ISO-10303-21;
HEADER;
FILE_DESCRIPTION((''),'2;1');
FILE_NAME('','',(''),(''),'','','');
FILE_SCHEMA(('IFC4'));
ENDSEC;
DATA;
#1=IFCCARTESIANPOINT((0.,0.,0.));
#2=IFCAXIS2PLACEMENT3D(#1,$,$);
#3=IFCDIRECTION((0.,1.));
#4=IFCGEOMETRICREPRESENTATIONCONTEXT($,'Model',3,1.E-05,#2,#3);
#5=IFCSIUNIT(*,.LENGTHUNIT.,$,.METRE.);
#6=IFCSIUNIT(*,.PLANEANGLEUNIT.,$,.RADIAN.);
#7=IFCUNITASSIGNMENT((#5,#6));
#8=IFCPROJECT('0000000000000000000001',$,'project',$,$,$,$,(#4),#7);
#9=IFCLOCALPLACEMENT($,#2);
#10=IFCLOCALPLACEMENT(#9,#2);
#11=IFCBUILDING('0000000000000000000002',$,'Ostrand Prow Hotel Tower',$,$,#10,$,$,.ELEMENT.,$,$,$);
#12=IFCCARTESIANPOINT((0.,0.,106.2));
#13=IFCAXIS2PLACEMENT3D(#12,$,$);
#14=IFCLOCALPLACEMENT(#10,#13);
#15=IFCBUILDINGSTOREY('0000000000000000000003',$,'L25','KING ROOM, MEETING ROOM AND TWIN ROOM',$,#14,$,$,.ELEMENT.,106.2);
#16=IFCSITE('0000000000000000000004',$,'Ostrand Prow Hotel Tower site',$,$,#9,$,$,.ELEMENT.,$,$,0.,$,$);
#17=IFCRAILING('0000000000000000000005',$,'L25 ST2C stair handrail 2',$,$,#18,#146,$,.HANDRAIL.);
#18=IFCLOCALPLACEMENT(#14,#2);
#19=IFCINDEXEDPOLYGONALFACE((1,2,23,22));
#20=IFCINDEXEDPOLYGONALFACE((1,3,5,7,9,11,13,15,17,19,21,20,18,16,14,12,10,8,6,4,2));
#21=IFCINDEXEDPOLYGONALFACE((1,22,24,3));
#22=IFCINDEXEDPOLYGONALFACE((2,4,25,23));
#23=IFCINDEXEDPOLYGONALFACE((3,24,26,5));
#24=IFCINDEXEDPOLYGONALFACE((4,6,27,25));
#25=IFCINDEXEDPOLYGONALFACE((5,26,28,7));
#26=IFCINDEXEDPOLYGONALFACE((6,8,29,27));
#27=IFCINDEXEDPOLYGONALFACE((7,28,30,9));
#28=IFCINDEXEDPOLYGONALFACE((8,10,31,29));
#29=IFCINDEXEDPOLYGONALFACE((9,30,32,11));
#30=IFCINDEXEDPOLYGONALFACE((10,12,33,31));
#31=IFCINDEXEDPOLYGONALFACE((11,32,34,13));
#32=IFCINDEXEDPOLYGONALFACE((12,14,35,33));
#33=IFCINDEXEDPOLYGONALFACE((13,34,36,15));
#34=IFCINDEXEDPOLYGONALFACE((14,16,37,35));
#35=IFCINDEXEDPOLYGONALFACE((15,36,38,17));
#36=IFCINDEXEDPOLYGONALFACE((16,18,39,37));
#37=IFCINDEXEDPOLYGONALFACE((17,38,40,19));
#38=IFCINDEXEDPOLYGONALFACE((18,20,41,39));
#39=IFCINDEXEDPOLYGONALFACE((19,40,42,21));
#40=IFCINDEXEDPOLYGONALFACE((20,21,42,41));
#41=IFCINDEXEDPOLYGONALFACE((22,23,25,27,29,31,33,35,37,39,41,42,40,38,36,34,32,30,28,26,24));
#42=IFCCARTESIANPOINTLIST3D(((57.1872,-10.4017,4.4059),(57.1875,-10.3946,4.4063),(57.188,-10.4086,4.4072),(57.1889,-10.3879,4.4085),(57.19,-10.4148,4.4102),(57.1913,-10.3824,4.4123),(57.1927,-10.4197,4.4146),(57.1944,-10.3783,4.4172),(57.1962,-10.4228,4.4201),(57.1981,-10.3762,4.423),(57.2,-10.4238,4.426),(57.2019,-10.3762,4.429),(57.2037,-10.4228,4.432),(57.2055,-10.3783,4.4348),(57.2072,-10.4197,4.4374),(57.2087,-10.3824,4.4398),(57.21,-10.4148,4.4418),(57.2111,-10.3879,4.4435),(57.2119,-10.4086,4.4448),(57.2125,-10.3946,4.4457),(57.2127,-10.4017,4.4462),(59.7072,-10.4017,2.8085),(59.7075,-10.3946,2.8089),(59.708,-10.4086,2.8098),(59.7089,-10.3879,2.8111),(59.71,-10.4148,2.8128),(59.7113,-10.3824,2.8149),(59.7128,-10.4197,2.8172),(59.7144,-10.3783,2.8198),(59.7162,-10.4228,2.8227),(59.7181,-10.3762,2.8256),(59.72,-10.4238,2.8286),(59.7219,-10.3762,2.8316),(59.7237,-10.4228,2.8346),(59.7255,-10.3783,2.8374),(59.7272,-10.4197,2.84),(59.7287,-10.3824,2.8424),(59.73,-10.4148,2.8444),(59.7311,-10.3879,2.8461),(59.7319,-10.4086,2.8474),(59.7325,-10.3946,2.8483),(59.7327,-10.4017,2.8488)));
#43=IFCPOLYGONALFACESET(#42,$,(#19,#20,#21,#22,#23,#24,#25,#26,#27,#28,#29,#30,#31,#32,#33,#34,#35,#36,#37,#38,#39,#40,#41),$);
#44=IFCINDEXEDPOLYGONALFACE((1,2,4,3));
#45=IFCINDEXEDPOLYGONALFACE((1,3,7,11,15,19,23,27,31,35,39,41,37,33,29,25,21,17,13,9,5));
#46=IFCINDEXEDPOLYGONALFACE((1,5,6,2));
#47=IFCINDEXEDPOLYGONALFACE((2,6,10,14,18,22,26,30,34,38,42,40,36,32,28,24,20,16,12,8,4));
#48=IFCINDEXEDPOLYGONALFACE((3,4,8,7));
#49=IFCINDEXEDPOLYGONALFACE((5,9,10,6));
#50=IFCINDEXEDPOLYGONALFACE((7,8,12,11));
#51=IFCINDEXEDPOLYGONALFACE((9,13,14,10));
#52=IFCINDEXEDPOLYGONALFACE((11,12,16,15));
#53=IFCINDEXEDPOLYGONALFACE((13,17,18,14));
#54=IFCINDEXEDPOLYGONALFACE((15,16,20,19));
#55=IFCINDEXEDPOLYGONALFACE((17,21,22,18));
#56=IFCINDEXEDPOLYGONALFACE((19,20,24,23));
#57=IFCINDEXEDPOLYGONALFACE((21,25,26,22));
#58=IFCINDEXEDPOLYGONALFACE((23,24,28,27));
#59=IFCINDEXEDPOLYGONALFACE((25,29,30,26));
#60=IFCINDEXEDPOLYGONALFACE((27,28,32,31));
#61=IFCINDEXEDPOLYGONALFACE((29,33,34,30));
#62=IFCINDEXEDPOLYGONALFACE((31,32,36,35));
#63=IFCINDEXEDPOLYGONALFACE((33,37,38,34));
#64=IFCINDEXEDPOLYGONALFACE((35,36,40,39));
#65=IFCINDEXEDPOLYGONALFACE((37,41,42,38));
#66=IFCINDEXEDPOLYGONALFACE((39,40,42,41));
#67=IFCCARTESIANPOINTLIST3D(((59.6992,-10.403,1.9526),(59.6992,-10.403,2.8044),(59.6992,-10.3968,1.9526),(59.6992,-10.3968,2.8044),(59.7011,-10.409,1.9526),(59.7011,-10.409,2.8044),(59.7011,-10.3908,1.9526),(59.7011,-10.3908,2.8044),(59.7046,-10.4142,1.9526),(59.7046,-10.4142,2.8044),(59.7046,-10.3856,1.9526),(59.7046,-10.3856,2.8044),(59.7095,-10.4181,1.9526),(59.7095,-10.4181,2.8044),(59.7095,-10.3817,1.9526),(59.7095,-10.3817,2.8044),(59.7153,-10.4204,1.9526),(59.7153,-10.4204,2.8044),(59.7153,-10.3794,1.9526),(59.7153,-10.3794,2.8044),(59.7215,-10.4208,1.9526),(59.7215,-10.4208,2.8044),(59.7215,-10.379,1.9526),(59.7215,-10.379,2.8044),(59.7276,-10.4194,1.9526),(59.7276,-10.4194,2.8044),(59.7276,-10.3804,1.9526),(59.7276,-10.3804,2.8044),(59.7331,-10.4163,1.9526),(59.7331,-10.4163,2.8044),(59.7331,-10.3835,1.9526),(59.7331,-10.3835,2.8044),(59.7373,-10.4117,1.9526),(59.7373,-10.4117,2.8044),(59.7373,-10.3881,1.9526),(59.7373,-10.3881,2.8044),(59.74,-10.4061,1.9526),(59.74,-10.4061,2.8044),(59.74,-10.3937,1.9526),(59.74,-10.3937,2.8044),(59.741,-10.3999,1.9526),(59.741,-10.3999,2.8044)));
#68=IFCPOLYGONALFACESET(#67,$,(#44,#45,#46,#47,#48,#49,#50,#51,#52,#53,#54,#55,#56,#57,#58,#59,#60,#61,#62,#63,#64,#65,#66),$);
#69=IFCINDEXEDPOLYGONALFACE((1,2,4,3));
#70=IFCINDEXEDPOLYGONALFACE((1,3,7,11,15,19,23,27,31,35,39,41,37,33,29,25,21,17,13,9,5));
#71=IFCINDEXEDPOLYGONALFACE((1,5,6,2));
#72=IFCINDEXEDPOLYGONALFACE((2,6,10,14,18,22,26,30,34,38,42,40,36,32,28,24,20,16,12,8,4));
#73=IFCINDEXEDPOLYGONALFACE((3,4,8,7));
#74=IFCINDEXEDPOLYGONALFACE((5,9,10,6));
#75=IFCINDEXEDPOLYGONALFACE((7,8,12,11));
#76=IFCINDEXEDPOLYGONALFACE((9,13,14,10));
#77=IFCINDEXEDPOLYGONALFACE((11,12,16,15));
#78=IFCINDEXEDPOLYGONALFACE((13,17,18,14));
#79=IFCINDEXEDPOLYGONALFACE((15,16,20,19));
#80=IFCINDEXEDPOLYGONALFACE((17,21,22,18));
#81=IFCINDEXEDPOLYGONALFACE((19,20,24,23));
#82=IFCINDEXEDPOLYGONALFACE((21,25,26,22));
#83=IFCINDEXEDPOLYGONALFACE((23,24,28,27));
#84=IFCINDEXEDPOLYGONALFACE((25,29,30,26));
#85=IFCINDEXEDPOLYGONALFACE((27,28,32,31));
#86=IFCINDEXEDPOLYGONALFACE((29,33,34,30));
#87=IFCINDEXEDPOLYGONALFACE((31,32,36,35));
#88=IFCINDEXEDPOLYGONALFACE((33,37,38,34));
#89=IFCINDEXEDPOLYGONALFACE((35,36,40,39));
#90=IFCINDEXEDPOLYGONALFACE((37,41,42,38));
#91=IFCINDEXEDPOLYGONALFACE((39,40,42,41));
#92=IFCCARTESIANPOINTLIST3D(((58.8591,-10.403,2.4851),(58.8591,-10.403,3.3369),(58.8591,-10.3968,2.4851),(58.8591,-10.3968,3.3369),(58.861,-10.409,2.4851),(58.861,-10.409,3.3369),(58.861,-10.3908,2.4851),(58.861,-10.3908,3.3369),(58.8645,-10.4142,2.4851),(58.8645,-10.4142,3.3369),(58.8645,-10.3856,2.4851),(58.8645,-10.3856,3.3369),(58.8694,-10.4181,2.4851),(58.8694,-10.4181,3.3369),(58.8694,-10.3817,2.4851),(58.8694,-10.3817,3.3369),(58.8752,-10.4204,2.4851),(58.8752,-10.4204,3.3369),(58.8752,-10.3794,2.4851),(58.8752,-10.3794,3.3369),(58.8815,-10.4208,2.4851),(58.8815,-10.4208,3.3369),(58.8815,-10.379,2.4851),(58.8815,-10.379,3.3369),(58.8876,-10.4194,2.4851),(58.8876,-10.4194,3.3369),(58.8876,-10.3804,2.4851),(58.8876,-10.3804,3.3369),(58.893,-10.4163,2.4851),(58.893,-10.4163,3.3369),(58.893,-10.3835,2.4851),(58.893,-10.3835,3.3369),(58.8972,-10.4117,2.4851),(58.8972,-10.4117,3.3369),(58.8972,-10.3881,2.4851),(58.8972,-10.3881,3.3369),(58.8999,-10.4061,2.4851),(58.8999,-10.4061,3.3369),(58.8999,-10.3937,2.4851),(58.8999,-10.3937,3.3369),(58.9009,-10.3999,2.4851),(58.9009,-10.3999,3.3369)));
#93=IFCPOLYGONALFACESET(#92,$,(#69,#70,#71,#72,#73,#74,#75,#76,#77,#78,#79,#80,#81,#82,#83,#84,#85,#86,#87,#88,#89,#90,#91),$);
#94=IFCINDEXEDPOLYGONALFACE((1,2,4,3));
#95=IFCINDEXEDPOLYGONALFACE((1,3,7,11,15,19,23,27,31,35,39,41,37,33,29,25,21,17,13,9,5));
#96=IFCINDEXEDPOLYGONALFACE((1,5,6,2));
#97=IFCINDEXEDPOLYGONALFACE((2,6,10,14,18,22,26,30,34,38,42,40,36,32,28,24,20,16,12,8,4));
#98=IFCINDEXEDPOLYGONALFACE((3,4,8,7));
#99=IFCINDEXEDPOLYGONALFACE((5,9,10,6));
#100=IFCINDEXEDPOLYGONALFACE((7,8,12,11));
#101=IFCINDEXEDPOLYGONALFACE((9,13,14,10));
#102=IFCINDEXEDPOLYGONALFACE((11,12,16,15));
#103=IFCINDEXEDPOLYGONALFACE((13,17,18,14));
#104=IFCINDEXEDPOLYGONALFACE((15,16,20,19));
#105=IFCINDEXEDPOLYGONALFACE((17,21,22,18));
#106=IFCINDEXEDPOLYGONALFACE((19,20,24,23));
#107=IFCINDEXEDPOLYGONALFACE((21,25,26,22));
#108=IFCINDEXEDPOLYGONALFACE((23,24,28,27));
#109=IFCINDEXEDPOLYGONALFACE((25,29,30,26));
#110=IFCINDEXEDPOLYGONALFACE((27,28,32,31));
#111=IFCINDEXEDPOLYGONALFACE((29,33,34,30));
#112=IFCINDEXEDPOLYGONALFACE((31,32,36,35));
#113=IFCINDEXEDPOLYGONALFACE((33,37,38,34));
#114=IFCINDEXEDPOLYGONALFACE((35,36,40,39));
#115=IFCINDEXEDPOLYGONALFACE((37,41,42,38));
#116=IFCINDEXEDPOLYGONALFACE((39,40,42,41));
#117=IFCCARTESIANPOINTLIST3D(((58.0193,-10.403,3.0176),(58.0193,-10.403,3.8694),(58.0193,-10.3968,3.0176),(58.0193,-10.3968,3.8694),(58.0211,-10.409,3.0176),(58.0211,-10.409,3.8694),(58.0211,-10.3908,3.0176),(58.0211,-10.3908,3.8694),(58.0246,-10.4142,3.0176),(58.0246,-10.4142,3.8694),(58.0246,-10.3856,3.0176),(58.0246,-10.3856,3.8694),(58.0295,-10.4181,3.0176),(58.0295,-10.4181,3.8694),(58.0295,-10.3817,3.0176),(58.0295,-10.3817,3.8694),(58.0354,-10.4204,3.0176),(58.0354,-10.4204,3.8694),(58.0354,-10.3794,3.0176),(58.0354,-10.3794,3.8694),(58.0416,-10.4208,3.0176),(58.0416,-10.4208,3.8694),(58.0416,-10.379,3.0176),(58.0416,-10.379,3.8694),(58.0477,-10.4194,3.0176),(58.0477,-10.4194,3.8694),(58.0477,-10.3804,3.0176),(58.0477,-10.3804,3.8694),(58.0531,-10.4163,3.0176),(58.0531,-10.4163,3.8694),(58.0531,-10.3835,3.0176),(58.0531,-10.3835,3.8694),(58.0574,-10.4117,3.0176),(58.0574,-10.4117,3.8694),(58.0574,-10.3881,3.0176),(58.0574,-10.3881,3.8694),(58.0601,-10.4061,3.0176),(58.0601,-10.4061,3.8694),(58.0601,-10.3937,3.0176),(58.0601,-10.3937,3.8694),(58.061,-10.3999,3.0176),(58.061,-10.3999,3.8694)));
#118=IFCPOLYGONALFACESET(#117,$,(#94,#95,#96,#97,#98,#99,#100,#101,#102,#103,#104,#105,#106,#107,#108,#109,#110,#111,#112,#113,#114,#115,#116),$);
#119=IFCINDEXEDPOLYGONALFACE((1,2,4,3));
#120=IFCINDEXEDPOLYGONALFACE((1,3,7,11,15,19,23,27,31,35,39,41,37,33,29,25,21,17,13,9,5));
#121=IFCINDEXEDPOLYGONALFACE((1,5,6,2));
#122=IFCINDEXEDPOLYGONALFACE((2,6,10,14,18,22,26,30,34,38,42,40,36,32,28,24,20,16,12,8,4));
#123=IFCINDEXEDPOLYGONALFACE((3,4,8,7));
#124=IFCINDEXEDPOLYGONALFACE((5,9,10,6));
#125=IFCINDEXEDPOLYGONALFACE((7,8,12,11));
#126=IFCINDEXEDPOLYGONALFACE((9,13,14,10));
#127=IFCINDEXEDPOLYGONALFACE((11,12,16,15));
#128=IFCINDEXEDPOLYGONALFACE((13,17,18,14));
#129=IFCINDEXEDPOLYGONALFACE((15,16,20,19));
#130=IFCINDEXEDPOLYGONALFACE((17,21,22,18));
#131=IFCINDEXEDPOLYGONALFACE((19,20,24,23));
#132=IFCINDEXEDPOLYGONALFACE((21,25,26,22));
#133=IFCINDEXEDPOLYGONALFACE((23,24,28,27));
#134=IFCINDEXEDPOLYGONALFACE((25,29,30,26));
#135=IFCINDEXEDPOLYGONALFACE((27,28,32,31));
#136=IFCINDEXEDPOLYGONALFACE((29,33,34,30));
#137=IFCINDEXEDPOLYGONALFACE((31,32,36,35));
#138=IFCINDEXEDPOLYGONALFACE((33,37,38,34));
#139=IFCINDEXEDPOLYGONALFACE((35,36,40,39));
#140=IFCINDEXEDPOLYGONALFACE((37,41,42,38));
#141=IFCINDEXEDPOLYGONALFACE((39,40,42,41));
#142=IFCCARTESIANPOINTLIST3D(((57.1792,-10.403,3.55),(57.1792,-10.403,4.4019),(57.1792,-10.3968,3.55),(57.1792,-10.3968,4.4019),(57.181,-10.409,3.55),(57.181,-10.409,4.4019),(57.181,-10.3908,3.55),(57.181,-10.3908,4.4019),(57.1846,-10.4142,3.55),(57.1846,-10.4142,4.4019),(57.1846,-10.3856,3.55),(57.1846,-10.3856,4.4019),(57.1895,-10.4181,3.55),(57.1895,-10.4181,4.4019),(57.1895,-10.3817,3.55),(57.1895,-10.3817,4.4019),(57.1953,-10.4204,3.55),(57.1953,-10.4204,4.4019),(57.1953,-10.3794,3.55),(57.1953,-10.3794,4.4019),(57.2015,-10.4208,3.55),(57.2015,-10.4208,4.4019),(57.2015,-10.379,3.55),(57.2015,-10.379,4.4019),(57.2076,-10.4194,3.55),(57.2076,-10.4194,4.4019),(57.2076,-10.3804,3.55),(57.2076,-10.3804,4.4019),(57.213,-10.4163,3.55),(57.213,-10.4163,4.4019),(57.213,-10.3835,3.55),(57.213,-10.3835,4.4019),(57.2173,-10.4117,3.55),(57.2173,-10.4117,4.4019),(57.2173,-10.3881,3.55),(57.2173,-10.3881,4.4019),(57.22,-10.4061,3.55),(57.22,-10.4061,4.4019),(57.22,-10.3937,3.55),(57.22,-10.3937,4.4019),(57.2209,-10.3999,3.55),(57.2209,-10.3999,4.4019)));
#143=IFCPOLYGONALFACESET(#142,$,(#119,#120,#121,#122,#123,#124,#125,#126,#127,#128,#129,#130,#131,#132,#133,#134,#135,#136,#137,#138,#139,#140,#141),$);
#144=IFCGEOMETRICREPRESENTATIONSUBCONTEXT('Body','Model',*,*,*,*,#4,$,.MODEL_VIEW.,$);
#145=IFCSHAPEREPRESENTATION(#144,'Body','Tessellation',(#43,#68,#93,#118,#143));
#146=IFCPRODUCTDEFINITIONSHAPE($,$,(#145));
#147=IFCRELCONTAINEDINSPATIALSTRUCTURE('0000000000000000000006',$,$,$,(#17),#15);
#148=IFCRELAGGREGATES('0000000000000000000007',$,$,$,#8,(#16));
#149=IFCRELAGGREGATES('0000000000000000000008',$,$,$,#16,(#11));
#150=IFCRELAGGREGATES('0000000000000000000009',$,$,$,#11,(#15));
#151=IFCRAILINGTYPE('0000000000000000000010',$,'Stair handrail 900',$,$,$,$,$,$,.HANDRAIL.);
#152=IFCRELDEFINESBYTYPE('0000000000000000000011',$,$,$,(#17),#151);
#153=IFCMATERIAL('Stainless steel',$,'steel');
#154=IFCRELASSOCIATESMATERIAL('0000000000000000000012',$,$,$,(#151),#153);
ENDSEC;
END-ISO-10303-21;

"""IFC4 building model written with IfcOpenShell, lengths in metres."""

from ifc_helpers import new_model, si_unit, direction, frame, origin, origin_2d, place, context, subcontext, project, spatial, circle, extrude, material, type_object, element, save


model = new_model("IFC4")

# Units and contexts
model_context = context("Model", 3, precision=1e-05, world=origin(), true_north=direction((0.0, 1.0)))
body_context = subcontext(model_context, "Body", "Model", "MODEL_VIEW")
ifc_project = project(units=[si_unit("LENGTHUNIT", "METRE"), si_unit("PLANEANGLEUNIT", "RADIAN")], contexts=[model_context])

# Site, building, storey
site_placement = place(None, origin())
site = spatial("IfcSite", under=ifc_project, at=site_placement, Name="Ostrand Prow Hotel Tower site", CompositionType="ELEMENT", RefElevation=0.0)
building_placement = place(site_placement, origin())
building = spatial("IfcBuilding", under=site, at=building_placement, Name="Ostrand Prow Hotel Tower", CompositionType="ELEMENT")
storey_placement = place(building_placement, frame((0.0, 0.0, 106.2)))
storey = spatial("IfcBuildingStorey", under=building, at=storey_placement, Name="L25", Description="KING ROOM, MEETING ROOM AND TWIN ROOM", CompositionType="ELEMENT", Elevation=106.2)

# Railing
ifc_material_1 = material(Name="Stainless steel", Category="steel")
railing_type_1 = type_object("IfcRailingType", Name="Stair handrail 900", PredefinedType="HANDRAIL", material=ifc_material_1)
railing_1_placement = place(storey_placement, frame((59.72, -10.3999, 1.9526)))
element("IfcRailing", 1, at=railing_1_placement, inside=storey, type_object=railing_type_1, Name="L25 ST2C stair handrail 2", PredefinedType="HANDRAIL", context=body_context, shape_type="SweptSolid", body=[
    extrude(circle(Radius=0.0239, at=origin_2d()), frame((0.0, 0.0, 0.876), z_axis=(-0.844607, 0.0, 0.535387), x_axis=(0.0, -1.0, 0.0)), (0.0, 0.0, 1.0), 2.9836),
    extrude(circle(Radius=0.021, at=origin_2d()), origin(), (0.0, 0.0, 1.0), 0.8518),
    extrude(circle(Radius=0.021, at=origin_2d()), frame((-0.8401, 0.0, 0.5325)), (0.0, 0.0, 1.0), 0.8518),
    extrude(circle(Radius=0.021, at=origin_2d()), frame((-1.6799, 0.0, 1.0649)), (0.0, 0.0, 1.0), 0.8518),
    extrude(circle(Radius=0.021, at=origin_2d()), frame((-2.52, 0.0, 1.5974)), (0.0, 0.0, 1.0), 0.8518),
])

save(model, "model.ifc")
